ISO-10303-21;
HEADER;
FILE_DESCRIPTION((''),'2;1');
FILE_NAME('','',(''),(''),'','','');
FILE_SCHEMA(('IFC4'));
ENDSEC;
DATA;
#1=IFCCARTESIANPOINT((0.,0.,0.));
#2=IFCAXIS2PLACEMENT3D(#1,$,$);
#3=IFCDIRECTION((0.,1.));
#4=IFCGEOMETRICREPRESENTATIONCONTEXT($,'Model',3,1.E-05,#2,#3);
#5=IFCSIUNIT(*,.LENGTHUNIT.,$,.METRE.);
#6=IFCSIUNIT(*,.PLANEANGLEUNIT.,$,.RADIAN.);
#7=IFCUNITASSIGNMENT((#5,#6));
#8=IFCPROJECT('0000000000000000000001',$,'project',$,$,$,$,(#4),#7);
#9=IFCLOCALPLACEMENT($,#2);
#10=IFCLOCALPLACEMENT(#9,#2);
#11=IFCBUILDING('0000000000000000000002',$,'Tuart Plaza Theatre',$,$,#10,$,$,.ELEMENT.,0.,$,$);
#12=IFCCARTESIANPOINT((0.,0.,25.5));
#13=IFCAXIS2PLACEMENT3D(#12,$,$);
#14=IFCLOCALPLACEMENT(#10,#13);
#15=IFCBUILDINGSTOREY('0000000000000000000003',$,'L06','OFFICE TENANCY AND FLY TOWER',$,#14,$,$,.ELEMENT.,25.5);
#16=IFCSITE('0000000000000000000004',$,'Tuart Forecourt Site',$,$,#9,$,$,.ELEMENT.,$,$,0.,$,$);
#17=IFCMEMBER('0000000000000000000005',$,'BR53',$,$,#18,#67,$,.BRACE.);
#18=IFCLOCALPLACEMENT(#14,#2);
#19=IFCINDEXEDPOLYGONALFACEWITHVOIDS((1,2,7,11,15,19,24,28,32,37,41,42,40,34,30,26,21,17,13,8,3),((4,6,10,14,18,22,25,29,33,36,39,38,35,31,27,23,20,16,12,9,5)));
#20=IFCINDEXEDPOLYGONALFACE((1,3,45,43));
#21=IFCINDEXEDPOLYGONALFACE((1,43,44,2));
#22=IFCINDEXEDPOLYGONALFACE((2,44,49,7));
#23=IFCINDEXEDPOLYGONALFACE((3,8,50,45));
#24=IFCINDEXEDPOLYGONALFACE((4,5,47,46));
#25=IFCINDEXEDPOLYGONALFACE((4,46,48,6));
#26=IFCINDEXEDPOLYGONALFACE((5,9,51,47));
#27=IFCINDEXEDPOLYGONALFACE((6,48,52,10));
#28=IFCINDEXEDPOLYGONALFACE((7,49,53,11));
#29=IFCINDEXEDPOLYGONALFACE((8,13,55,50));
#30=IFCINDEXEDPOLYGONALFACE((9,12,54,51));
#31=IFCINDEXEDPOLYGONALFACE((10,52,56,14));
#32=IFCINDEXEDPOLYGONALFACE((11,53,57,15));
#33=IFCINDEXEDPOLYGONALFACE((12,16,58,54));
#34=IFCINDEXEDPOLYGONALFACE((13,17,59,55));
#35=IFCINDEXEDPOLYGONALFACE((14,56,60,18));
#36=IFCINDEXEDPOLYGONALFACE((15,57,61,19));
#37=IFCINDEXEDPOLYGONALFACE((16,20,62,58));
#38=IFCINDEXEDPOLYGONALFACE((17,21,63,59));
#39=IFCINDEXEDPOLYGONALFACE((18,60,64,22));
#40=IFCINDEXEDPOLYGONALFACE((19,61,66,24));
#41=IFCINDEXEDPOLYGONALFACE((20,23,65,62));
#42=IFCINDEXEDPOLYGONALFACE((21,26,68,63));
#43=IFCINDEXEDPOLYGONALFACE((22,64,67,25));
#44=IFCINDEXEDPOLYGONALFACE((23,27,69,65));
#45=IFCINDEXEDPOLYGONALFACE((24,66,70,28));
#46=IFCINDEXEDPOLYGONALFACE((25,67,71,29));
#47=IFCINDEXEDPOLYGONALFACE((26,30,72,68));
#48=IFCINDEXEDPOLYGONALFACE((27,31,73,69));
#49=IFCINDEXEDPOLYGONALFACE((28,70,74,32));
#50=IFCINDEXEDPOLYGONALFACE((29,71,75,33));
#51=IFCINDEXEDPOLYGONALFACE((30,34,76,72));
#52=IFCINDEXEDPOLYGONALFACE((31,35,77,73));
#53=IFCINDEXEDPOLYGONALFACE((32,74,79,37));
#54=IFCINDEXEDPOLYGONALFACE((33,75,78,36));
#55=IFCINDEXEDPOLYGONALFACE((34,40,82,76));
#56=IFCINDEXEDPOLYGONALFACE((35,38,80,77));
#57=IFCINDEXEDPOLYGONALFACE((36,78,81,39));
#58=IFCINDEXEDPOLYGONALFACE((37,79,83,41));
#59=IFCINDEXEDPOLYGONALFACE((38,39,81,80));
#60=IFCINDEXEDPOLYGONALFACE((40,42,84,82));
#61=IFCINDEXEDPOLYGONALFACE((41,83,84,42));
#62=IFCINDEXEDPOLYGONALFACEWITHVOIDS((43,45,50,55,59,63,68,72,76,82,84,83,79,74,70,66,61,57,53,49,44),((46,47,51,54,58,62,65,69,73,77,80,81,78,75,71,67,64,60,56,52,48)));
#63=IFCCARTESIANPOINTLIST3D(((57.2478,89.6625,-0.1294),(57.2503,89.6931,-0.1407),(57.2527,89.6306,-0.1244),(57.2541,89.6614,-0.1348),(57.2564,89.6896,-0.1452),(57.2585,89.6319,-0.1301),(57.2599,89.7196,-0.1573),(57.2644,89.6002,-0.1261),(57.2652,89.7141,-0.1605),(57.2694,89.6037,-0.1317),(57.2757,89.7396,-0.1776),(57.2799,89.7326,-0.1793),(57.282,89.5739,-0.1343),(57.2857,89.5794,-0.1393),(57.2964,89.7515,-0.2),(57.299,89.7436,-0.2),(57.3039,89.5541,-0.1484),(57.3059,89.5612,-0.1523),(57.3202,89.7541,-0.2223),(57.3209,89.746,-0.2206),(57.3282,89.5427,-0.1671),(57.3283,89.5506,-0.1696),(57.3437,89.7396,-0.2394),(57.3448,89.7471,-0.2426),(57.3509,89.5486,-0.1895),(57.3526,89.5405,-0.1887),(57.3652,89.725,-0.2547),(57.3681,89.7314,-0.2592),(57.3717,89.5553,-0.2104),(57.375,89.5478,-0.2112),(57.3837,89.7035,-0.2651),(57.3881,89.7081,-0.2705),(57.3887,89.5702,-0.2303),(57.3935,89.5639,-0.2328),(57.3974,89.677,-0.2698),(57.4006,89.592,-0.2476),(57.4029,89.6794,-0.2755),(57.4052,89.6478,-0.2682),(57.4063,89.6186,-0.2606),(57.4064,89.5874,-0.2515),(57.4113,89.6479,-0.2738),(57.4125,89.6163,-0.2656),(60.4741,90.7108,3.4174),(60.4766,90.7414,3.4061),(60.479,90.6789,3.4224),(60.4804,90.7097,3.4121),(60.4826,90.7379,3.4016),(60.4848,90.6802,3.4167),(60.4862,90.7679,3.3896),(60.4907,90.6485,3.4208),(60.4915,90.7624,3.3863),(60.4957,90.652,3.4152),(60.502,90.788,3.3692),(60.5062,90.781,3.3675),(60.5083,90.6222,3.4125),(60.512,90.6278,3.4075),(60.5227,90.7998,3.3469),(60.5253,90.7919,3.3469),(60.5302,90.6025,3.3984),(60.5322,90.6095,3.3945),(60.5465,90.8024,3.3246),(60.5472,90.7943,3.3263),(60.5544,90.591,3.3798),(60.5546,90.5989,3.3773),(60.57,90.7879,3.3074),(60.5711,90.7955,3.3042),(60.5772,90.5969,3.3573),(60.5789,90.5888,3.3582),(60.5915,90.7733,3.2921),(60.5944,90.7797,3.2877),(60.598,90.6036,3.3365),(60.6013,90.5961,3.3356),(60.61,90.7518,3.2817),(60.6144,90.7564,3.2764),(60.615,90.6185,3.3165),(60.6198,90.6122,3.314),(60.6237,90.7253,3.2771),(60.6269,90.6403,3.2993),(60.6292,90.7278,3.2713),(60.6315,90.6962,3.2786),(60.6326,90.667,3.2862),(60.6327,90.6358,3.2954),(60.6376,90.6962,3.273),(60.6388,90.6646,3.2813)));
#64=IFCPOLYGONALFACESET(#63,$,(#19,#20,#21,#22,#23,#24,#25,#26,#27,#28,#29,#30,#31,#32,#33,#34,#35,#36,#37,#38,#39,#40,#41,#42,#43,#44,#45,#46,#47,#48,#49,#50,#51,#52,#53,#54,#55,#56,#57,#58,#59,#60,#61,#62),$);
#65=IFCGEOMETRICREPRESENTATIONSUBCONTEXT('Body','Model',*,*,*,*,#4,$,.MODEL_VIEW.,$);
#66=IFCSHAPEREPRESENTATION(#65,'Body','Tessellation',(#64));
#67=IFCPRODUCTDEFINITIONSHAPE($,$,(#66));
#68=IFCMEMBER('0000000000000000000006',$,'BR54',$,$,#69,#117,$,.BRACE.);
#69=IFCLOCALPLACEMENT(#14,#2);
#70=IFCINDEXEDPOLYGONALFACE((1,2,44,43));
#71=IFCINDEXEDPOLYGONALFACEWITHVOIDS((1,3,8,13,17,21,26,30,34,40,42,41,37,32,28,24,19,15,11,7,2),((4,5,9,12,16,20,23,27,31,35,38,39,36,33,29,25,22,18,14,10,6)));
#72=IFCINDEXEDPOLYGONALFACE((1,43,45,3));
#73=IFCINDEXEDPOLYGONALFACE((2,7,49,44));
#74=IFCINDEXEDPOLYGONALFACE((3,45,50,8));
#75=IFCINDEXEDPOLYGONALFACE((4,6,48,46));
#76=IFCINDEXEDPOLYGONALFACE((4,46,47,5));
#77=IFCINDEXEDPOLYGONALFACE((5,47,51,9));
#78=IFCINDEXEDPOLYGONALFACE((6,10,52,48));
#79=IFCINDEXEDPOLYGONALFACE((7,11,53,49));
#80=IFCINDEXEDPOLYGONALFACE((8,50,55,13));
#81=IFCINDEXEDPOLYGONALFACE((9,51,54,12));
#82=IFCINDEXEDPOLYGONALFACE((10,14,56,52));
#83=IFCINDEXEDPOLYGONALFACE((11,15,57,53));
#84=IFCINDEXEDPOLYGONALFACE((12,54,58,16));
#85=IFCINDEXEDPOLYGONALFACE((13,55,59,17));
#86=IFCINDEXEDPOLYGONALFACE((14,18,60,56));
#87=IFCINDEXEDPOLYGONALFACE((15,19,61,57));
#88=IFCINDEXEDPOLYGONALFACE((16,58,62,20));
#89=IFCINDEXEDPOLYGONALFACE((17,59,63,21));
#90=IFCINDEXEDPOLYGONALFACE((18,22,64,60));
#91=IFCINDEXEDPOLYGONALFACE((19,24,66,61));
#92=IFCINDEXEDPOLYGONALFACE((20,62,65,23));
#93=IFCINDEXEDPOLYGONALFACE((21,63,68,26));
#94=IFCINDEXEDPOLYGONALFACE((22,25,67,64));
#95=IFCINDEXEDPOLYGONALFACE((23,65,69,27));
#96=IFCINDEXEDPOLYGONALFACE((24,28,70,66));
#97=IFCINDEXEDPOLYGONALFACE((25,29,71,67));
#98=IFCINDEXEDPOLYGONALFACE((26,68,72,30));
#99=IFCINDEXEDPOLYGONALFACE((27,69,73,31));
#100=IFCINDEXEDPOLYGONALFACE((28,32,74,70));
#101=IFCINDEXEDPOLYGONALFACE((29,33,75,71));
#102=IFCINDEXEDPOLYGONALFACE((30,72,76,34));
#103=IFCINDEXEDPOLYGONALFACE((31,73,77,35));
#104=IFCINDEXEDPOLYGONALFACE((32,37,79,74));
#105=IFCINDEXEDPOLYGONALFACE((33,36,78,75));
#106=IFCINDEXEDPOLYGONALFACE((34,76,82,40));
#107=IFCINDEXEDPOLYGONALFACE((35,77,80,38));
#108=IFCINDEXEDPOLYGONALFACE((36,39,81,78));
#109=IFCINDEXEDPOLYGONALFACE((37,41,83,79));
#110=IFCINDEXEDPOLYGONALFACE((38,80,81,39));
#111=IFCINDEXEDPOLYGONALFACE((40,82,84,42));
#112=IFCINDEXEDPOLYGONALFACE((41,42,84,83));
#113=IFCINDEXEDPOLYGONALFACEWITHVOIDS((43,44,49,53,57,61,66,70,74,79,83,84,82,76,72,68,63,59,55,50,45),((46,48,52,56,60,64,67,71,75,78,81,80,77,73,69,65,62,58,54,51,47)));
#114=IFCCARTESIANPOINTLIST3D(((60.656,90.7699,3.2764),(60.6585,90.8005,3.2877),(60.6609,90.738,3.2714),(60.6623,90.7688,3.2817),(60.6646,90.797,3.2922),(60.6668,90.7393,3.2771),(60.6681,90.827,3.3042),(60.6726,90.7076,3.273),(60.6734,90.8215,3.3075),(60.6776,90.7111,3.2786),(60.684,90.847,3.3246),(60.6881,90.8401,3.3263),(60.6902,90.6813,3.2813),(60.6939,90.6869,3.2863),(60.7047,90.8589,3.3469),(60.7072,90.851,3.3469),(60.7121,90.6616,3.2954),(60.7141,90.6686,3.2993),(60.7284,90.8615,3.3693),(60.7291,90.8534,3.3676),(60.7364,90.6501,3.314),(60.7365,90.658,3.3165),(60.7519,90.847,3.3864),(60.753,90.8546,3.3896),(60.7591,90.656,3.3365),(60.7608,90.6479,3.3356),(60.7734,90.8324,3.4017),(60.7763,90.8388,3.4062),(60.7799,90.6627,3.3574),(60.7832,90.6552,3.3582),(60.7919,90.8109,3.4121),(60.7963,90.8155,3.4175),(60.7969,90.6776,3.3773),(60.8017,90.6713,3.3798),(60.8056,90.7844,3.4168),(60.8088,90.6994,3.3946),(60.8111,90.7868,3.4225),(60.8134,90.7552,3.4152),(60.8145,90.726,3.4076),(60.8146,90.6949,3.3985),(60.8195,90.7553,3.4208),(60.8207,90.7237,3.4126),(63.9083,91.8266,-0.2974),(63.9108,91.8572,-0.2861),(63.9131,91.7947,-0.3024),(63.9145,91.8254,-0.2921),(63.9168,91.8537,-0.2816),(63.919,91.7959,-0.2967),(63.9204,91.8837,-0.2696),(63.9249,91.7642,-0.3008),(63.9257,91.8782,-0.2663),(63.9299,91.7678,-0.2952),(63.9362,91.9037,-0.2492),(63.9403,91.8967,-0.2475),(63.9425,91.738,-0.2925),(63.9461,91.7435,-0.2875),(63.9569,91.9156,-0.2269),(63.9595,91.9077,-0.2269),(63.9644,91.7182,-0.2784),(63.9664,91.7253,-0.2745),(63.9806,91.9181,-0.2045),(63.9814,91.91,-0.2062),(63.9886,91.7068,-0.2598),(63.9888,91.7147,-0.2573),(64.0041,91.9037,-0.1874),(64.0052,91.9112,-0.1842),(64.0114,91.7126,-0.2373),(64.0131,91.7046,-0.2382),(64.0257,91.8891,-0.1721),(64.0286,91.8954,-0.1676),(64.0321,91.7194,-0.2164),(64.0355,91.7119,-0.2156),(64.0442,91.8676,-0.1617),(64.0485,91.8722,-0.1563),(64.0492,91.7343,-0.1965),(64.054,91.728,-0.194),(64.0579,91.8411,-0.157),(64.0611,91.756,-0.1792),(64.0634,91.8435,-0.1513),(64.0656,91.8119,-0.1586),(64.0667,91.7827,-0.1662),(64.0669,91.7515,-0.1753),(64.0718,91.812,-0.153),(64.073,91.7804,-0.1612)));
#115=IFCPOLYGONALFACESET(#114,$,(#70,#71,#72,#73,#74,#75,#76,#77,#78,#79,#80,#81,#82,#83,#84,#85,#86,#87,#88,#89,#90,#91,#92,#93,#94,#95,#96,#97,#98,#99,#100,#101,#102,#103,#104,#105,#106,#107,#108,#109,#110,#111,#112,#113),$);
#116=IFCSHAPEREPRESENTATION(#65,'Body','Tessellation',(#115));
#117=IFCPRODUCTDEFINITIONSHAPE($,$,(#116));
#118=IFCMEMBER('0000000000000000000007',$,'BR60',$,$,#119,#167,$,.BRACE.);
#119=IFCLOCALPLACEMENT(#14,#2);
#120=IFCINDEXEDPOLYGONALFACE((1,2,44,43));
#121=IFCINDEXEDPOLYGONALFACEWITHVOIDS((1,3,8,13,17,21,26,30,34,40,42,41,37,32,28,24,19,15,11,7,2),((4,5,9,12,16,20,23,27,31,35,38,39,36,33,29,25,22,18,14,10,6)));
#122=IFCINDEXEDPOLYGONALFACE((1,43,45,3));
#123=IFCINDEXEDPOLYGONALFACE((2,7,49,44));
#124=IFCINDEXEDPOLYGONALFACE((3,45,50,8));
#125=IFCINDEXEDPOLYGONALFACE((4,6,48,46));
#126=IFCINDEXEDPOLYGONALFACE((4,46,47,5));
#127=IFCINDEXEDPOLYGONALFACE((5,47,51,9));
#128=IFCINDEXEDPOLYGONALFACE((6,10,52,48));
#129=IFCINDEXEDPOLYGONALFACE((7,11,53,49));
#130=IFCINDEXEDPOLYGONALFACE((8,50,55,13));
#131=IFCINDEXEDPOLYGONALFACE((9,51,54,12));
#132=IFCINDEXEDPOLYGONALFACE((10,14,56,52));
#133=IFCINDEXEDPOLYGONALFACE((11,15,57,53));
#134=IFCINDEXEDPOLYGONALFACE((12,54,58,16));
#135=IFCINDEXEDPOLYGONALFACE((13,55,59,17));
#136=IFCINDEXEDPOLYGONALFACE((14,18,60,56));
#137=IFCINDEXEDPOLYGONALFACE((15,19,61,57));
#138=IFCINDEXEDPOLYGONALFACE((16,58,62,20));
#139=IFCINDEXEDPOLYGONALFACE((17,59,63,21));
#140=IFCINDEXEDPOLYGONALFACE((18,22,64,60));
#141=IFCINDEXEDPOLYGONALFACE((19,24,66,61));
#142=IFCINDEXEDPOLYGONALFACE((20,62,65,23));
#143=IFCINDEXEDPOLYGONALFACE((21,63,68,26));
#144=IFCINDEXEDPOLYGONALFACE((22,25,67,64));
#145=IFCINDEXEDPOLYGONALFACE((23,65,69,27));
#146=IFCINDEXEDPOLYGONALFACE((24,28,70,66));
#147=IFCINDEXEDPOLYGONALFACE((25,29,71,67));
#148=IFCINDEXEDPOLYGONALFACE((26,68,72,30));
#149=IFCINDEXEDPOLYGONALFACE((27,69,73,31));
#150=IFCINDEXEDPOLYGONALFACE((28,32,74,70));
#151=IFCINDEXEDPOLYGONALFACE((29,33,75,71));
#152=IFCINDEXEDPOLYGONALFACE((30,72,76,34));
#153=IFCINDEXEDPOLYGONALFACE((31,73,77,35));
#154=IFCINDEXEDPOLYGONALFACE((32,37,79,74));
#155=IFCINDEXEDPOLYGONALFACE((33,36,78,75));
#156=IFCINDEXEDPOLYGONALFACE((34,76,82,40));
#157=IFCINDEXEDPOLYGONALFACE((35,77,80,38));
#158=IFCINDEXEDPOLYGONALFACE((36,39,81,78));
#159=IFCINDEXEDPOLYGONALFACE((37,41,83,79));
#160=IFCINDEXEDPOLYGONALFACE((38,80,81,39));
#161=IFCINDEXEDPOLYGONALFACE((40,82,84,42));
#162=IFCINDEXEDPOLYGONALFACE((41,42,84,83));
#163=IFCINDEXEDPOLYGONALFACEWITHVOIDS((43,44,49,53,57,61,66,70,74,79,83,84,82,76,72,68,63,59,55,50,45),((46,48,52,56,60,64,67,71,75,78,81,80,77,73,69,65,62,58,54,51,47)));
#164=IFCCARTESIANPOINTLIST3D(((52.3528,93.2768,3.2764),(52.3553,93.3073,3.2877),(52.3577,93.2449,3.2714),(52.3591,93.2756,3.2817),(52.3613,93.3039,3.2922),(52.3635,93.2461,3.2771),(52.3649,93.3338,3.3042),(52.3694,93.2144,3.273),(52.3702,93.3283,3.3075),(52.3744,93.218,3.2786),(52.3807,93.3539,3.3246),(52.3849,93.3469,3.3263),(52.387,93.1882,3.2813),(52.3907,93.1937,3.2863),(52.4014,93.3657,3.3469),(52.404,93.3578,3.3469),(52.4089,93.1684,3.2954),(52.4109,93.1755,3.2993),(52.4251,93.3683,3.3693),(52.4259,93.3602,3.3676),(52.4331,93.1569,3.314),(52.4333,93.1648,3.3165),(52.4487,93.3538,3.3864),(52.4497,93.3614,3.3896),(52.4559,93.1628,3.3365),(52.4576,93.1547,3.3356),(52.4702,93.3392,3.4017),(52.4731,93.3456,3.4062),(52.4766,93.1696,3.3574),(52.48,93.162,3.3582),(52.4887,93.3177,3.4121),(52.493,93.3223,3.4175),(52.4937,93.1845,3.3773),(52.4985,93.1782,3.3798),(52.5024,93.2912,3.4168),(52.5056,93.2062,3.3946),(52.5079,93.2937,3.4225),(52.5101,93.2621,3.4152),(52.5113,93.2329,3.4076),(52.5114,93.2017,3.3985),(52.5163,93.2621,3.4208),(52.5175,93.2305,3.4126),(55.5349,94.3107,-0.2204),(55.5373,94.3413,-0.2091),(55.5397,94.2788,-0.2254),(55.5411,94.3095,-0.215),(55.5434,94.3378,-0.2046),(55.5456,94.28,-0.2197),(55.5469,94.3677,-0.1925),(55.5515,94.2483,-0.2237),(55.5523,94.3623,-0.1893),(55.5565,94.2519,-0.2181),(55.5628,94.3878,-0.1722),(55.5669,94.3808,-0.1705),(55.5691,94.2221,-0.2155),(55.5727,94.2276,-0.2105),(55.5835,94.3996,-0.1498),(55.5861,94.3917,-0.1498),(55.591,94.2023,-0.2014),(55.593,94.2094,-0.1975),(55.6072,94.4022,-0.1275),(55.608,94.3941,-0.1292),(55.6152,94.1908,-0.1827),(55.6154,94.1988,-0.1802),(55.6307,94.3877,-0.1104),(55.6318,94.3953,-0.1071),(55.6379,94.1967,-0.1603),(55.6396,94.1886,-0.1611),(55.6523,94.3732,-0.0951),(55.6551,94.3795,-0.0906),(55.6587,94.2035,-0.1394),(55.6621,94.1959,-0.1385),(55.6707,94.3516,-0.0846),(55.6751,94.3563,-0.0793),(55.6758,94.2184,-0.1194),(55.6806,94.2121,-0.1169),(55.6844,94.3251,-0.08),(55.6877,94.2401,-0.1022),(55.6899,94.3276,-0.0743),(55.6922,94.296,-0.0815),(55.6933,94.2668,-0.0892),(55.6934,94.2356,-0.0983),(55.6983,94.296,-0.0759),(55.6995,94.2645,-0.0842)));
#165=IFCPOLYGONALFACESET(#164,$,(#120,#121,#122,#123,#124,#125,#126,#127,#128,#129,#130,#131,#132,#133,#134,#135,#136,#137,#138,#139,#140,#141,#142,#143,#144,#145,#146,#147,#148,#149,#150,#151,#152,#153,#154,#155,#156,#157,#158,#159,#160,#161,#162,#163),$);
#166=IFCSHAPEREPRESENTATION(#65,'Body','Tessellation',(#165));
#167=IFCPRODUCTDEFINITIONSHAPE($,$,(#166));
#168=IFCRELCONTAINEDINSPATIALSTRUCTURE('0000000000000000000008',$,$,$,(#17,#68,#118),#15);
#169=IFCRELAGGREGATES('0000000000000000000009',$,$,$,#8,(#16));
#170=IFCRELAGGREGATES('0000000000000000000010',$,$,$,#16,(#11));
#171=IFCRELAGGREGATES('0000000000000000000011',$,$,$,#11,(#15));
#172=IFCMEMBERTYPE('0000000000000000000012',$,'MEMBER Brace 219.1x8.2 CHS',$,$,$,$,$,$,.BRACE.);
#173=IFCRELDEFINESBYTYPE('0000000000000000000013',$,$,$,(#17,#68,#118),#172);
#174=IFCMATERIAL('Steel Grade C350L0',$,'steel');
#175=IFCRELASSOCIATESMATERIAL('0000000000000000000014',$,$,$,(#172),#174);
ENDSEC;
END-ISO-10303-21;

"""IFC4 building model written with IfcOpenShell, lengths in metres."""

from ifc_helpers import new_model, si_unit, direction, frame, origin, origin_2d, place, context, subcontext, project, spatial, hollow_circle, extrude, material, material_profile, profile_set, type_object, element, save


model = new_model("IFC4")

# Units and contexts
model_context = context("Model", 3, precision=1e-05, world=origin(), true_north=direction((0.0, 1.0)))
body_context = subcontext(model_context, "Body", "Model", "MODEL_VIEW")
ifc_project = project(units=[si_unit("LENGTHUNIT", "METRE"), si_unit("PLANEANGLEUNIT", "RADIAN")], contexts=[model_context])

# Site, building, storey
site_placement = place(None, origin())
site = spatial("IfcSite", under=ifc_project, at=site_placement, Name="Tuart Forecourt Site", CompositionType="ELEMENT", RefElevation=0.0)
building_placement = place(site_placement, origin())
building = spatial("IfcBuilding", under=site, at=building_placement, Name="Tuart Plaza Theatre", CompositionType="ELEMENT", ElevationOfRefHeight=0.0)
storey_placement = place(building_placement, frame((0.0, 0.0, 25.5)))
storey = spatial("IfcBuildingStorey", under=building, at=storey_placement, Name="L06", Description="OFFICE TENANCY AND FLY TOWER", CompositionType="ELEMENT", Elevation=25.5)

# Members
ifc_material_1 = material(Name="Steel Grade C350L0", Category="steel")
ifc_material_profile_1 = material_profile(ifc_material_1, hollow_circle(Radius=0.1096, WallThickness=0.0083, at=origin_2d()), Name="219.1x8.2 CHS")
ifc_profile_set_1 = profile_set([ifc_material_profile_1], Name="Steel Grade C350L0")
member_type_1 = type_object("IfcMemberType", Name="MEMBER Brace 219.1x8.2 CHS", PredefinedType="BRACE", material=ifc_profile_set_1)
for number, where, z_axis, x_axis, name in (
    (1, (57.3303, 89.6472, -0.2), (0.657359, 0.213598, 0.722672), (-0.309029, 0.951053, 0.0), "BR53"),
):
    element("IfcMember", number, at=place(storey_placement, frame(where, z_axis=z_axis, x_axis=x_axis)), inside=storey, type_object=member_type_1, Name=name, PredefinedType="BRACE", context=body_context, shape_type="SweptSolid", body=[
        extrude(hollow_circle(Radius=0.1096, WallThickness=0.0083, at=origin_2d()), origin(), (0.0, 0.0, 1.0), 4.908),
    ])
member_1_placement = place(storey_placement, frame((60.7385, 90.7546, 3.3469), z_axis=(0.657515, 0.213627, -0.722521), x_axis=(-0.309001, 0.951062, 0.0)))
element("IfcMember", 2, at=member_1_placement, inside=storey, type_object=member_type_1, Name="BR54", PredefinedType="BRACE", context=body_context, shape_type="SweptSolid", body=[
    extrude(hollow_circle(Radius=0.1096, WallThickness=0.0083, at=origin_2d()), origin(), (0.0, 0.0, 1.0), 4.9463),
])
for number, where, z_axis, x_axis, name in (
    (3, (52.4353, 93.2615, 3.3469), (0.657505, 0.213636, -0.722529), (-0.309017, 0.951057, 0.0), "BR60"),
):
    element("IfcMember", number, at=place(storey_placement, frame(where, z_axis=z_axis, x_axis=x_axis)), inside=storey, type_object=member_type_1, Name=name, PredefinedType="BRACE", context=body_context, shape_type="SweptSolid", body=[
        extrude(hollow_circle(Radius=0.1096, WallThickness=0.0083, at=origin_2d()), origin(), (0.0, 0.0, 1.0), 4.8396),
    ])

save(model, "model.ifc")
